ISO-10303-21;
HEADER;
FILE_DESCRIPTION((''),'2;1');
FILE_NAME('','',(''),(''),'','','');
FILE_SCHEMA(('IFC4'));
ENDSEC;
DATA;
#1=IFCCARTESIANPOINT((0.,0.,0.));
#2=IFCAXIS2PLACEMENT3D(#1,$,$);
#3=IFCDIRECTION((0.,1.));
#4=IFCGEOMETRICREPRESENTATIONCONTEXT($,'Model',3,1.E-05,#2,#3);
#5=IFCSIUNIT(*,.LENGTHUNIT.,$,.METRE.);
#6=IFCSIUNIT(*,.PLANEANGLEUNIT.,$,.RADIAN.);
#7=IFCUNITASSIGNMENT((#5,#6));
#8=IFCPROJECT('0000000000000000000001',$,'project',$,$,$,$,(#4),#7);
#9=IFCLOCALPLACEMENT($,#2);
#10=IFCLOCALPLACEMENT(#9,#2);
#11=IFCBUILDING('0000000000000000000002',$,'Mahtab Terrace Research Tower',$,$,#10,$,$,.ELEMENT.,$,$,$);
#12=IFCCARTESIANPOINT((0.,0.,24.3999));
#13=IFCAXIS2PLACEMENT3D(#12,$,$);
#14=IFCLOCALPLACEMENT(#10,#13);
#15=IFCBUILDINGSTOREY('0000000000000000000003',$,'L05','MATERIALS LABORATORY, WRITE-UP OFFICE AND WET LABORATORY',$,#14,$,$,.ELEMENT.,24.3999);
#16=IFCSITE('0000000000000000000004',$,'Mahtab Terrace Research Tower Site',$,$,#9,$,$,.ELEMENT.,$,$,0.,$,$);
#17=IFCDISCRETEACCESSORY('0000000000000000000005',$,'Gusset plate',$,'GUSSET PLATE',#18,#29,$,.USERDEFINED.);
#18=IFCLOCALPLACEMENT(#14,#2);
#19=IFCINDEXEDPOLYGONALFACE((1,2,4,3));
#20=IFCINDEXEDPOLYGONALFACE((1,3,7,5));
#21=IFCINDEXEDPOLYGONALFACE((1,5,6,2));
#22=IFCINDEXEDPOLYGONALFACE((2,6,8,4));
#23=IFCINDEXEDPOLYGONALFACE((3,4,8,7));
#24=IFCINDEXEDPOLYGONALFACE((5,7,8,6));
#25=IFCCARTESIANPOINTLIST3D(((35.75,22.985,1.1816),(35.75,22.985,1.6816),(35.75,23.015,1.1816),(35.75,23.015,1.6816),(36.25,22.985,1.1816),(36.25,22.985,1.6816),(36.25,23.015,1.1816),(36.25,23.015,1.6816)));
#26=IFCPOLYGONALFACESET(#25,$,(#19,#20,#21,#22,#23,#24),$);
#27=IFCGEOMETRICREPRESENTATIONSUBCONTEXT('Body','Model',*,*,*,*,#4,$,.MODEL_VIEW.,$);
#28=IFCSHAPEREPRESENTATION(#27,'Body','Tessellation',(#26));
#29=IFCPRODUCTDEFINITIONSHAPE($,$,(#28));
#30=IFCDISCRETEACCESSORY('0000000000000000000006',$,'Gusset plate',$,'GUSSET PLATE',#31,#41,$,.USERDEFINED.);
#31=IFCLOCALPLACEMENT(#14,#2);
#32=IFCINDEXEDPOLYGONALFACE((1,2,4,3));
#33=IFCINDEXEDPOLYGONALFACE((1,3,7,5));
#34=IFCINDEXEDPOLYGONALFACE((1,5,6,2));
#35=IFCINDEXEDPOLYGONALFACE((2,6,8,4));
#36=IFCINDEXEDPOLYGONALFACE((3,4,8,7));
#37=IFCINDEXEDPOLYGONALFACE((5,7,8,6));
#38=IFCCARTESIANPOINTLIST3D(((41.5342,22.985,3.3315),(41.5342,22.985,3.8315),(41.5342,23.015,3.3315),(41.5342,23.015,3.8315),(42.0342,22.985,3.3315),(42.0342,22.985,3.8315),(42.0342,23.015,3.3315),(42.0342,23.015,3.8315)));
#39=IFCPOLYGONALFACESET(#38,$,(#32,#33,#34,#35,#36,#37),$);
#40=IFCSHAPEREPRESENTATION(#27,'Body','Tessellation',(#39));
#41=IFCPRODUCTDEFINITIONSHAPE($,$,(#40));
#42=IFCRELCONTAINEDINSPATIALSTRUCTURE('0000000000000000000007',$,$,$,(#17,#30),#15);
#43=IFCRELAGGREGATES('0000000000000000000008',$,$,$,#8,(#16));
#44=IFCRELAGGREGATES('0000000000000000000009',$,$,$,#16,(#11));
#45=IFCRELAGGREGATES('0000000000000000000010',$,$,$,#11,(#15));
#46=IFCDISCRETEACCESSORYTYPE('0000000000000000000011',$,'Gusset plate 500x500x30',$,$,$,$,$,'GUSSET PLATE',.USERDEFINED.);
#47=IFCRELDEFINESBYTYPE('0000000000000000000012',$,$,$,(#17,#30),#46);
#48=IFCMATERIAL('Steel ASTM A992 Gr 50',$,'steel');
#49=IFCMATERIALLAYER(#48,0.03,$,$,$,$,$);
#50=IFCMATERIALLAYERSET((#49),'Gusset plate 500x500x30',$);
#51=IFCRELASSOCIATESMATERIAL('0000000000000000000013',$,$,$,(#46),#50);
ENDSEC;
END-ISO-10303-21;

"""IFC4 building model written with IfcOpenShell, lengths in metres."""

from ifc_helpers import new_model, si_unit, direction, frame, origin, origin_2d, place, context, subcontext, project, spatial, rectangle, extrude, material, layer, layer_set, type_object, element, save


model = new_model("IFC4")

# Units and contexts
model_context = context("Model", 3, precision=1e-05, world=origin(), true_north=direction((0.0, 1.0)))
body_context = subcontext(model_context, "Body", "Model", "MODEL_VIEW")
ifc_project = project(units=[si_unit("LENGTHUNIT", "METRE"), si_unit("PLANEANGLEUNIT", "RADIAN")], contexts=[model_context])

# Site, building, storey
site_placement = place(None, origin())
site = spatial("IfcSite", under=ifc_project, at=site_placement, Name="Mahtab Terrace Research Tower Site", CompositionType="ELEMENT", RefElevation=0.0)
building_placement = place(site_placement, origin())
building = spatial("IfcBuilding", under=site, at=building_placement, Name="Mahtab Terrace Research Tower", CompositionType="ELEMENT")
storey_placement = place(building_placement, frame((0.0, 0.0, 24.3999)))
storey = spatial("IfcBuildingStorey", under=building, at=storey_placement, Name="L05", Description="MATERIALS LABORATORY, WRITE-UP OFFICE AND WET LABORATORY", CompositionType="ELEMENT", Elevation=24.3999)

# Shared definitions
ifc_material_1 = material(Name="Steel ASTM A992 Gr 50", Category="steel")

# Discrete accessories
ifc_layer_1 = layer(ifc_material_1, 0.03)
ifc_layer_set_1 = layer_set([ifc_layer_1], Name="Gusset plate 500x500x30")
discrete_accessory_type = type_object("IfcDiscreteAccessoryType", Name="Gusset plate 500x500x30", ElementType="GUSSET PLATE", PredefinedType="USERDEFINED", material=ifc_layer_set_1)
for number, where, z_axis, x_axis, name in (
    (1, (36.0, 23.0, 1.1816), (0.0, 0.0, 1.0), (1.0, 0.0, 0.0), "Gusset plate"),
    (2, (41.7842, 23.0, 3.3315), (0.0, 0.0, 1.0), (1.0, 0.0, 0.0), "Gusset plate"),
):
    element("IfcDiscreteAccessory", number, at=place(storey_placement, frame(where, z_axis=z_axis, x_axis=x_axis)), inside=storey, type_object=discrete_accessory_type, Name=name, ObjectType="GUSSET PLATE", PredefinedType="USERDEFINED", context=body_context, shape_type="SweptSolid", body=[
        extrude(rectangle(XDim=0.5, YDim=0.03, at=origin_2d()), origin(), (0.0, 0.0, 1.0), 0.5),
    ])

save(model, "model.ifc")
